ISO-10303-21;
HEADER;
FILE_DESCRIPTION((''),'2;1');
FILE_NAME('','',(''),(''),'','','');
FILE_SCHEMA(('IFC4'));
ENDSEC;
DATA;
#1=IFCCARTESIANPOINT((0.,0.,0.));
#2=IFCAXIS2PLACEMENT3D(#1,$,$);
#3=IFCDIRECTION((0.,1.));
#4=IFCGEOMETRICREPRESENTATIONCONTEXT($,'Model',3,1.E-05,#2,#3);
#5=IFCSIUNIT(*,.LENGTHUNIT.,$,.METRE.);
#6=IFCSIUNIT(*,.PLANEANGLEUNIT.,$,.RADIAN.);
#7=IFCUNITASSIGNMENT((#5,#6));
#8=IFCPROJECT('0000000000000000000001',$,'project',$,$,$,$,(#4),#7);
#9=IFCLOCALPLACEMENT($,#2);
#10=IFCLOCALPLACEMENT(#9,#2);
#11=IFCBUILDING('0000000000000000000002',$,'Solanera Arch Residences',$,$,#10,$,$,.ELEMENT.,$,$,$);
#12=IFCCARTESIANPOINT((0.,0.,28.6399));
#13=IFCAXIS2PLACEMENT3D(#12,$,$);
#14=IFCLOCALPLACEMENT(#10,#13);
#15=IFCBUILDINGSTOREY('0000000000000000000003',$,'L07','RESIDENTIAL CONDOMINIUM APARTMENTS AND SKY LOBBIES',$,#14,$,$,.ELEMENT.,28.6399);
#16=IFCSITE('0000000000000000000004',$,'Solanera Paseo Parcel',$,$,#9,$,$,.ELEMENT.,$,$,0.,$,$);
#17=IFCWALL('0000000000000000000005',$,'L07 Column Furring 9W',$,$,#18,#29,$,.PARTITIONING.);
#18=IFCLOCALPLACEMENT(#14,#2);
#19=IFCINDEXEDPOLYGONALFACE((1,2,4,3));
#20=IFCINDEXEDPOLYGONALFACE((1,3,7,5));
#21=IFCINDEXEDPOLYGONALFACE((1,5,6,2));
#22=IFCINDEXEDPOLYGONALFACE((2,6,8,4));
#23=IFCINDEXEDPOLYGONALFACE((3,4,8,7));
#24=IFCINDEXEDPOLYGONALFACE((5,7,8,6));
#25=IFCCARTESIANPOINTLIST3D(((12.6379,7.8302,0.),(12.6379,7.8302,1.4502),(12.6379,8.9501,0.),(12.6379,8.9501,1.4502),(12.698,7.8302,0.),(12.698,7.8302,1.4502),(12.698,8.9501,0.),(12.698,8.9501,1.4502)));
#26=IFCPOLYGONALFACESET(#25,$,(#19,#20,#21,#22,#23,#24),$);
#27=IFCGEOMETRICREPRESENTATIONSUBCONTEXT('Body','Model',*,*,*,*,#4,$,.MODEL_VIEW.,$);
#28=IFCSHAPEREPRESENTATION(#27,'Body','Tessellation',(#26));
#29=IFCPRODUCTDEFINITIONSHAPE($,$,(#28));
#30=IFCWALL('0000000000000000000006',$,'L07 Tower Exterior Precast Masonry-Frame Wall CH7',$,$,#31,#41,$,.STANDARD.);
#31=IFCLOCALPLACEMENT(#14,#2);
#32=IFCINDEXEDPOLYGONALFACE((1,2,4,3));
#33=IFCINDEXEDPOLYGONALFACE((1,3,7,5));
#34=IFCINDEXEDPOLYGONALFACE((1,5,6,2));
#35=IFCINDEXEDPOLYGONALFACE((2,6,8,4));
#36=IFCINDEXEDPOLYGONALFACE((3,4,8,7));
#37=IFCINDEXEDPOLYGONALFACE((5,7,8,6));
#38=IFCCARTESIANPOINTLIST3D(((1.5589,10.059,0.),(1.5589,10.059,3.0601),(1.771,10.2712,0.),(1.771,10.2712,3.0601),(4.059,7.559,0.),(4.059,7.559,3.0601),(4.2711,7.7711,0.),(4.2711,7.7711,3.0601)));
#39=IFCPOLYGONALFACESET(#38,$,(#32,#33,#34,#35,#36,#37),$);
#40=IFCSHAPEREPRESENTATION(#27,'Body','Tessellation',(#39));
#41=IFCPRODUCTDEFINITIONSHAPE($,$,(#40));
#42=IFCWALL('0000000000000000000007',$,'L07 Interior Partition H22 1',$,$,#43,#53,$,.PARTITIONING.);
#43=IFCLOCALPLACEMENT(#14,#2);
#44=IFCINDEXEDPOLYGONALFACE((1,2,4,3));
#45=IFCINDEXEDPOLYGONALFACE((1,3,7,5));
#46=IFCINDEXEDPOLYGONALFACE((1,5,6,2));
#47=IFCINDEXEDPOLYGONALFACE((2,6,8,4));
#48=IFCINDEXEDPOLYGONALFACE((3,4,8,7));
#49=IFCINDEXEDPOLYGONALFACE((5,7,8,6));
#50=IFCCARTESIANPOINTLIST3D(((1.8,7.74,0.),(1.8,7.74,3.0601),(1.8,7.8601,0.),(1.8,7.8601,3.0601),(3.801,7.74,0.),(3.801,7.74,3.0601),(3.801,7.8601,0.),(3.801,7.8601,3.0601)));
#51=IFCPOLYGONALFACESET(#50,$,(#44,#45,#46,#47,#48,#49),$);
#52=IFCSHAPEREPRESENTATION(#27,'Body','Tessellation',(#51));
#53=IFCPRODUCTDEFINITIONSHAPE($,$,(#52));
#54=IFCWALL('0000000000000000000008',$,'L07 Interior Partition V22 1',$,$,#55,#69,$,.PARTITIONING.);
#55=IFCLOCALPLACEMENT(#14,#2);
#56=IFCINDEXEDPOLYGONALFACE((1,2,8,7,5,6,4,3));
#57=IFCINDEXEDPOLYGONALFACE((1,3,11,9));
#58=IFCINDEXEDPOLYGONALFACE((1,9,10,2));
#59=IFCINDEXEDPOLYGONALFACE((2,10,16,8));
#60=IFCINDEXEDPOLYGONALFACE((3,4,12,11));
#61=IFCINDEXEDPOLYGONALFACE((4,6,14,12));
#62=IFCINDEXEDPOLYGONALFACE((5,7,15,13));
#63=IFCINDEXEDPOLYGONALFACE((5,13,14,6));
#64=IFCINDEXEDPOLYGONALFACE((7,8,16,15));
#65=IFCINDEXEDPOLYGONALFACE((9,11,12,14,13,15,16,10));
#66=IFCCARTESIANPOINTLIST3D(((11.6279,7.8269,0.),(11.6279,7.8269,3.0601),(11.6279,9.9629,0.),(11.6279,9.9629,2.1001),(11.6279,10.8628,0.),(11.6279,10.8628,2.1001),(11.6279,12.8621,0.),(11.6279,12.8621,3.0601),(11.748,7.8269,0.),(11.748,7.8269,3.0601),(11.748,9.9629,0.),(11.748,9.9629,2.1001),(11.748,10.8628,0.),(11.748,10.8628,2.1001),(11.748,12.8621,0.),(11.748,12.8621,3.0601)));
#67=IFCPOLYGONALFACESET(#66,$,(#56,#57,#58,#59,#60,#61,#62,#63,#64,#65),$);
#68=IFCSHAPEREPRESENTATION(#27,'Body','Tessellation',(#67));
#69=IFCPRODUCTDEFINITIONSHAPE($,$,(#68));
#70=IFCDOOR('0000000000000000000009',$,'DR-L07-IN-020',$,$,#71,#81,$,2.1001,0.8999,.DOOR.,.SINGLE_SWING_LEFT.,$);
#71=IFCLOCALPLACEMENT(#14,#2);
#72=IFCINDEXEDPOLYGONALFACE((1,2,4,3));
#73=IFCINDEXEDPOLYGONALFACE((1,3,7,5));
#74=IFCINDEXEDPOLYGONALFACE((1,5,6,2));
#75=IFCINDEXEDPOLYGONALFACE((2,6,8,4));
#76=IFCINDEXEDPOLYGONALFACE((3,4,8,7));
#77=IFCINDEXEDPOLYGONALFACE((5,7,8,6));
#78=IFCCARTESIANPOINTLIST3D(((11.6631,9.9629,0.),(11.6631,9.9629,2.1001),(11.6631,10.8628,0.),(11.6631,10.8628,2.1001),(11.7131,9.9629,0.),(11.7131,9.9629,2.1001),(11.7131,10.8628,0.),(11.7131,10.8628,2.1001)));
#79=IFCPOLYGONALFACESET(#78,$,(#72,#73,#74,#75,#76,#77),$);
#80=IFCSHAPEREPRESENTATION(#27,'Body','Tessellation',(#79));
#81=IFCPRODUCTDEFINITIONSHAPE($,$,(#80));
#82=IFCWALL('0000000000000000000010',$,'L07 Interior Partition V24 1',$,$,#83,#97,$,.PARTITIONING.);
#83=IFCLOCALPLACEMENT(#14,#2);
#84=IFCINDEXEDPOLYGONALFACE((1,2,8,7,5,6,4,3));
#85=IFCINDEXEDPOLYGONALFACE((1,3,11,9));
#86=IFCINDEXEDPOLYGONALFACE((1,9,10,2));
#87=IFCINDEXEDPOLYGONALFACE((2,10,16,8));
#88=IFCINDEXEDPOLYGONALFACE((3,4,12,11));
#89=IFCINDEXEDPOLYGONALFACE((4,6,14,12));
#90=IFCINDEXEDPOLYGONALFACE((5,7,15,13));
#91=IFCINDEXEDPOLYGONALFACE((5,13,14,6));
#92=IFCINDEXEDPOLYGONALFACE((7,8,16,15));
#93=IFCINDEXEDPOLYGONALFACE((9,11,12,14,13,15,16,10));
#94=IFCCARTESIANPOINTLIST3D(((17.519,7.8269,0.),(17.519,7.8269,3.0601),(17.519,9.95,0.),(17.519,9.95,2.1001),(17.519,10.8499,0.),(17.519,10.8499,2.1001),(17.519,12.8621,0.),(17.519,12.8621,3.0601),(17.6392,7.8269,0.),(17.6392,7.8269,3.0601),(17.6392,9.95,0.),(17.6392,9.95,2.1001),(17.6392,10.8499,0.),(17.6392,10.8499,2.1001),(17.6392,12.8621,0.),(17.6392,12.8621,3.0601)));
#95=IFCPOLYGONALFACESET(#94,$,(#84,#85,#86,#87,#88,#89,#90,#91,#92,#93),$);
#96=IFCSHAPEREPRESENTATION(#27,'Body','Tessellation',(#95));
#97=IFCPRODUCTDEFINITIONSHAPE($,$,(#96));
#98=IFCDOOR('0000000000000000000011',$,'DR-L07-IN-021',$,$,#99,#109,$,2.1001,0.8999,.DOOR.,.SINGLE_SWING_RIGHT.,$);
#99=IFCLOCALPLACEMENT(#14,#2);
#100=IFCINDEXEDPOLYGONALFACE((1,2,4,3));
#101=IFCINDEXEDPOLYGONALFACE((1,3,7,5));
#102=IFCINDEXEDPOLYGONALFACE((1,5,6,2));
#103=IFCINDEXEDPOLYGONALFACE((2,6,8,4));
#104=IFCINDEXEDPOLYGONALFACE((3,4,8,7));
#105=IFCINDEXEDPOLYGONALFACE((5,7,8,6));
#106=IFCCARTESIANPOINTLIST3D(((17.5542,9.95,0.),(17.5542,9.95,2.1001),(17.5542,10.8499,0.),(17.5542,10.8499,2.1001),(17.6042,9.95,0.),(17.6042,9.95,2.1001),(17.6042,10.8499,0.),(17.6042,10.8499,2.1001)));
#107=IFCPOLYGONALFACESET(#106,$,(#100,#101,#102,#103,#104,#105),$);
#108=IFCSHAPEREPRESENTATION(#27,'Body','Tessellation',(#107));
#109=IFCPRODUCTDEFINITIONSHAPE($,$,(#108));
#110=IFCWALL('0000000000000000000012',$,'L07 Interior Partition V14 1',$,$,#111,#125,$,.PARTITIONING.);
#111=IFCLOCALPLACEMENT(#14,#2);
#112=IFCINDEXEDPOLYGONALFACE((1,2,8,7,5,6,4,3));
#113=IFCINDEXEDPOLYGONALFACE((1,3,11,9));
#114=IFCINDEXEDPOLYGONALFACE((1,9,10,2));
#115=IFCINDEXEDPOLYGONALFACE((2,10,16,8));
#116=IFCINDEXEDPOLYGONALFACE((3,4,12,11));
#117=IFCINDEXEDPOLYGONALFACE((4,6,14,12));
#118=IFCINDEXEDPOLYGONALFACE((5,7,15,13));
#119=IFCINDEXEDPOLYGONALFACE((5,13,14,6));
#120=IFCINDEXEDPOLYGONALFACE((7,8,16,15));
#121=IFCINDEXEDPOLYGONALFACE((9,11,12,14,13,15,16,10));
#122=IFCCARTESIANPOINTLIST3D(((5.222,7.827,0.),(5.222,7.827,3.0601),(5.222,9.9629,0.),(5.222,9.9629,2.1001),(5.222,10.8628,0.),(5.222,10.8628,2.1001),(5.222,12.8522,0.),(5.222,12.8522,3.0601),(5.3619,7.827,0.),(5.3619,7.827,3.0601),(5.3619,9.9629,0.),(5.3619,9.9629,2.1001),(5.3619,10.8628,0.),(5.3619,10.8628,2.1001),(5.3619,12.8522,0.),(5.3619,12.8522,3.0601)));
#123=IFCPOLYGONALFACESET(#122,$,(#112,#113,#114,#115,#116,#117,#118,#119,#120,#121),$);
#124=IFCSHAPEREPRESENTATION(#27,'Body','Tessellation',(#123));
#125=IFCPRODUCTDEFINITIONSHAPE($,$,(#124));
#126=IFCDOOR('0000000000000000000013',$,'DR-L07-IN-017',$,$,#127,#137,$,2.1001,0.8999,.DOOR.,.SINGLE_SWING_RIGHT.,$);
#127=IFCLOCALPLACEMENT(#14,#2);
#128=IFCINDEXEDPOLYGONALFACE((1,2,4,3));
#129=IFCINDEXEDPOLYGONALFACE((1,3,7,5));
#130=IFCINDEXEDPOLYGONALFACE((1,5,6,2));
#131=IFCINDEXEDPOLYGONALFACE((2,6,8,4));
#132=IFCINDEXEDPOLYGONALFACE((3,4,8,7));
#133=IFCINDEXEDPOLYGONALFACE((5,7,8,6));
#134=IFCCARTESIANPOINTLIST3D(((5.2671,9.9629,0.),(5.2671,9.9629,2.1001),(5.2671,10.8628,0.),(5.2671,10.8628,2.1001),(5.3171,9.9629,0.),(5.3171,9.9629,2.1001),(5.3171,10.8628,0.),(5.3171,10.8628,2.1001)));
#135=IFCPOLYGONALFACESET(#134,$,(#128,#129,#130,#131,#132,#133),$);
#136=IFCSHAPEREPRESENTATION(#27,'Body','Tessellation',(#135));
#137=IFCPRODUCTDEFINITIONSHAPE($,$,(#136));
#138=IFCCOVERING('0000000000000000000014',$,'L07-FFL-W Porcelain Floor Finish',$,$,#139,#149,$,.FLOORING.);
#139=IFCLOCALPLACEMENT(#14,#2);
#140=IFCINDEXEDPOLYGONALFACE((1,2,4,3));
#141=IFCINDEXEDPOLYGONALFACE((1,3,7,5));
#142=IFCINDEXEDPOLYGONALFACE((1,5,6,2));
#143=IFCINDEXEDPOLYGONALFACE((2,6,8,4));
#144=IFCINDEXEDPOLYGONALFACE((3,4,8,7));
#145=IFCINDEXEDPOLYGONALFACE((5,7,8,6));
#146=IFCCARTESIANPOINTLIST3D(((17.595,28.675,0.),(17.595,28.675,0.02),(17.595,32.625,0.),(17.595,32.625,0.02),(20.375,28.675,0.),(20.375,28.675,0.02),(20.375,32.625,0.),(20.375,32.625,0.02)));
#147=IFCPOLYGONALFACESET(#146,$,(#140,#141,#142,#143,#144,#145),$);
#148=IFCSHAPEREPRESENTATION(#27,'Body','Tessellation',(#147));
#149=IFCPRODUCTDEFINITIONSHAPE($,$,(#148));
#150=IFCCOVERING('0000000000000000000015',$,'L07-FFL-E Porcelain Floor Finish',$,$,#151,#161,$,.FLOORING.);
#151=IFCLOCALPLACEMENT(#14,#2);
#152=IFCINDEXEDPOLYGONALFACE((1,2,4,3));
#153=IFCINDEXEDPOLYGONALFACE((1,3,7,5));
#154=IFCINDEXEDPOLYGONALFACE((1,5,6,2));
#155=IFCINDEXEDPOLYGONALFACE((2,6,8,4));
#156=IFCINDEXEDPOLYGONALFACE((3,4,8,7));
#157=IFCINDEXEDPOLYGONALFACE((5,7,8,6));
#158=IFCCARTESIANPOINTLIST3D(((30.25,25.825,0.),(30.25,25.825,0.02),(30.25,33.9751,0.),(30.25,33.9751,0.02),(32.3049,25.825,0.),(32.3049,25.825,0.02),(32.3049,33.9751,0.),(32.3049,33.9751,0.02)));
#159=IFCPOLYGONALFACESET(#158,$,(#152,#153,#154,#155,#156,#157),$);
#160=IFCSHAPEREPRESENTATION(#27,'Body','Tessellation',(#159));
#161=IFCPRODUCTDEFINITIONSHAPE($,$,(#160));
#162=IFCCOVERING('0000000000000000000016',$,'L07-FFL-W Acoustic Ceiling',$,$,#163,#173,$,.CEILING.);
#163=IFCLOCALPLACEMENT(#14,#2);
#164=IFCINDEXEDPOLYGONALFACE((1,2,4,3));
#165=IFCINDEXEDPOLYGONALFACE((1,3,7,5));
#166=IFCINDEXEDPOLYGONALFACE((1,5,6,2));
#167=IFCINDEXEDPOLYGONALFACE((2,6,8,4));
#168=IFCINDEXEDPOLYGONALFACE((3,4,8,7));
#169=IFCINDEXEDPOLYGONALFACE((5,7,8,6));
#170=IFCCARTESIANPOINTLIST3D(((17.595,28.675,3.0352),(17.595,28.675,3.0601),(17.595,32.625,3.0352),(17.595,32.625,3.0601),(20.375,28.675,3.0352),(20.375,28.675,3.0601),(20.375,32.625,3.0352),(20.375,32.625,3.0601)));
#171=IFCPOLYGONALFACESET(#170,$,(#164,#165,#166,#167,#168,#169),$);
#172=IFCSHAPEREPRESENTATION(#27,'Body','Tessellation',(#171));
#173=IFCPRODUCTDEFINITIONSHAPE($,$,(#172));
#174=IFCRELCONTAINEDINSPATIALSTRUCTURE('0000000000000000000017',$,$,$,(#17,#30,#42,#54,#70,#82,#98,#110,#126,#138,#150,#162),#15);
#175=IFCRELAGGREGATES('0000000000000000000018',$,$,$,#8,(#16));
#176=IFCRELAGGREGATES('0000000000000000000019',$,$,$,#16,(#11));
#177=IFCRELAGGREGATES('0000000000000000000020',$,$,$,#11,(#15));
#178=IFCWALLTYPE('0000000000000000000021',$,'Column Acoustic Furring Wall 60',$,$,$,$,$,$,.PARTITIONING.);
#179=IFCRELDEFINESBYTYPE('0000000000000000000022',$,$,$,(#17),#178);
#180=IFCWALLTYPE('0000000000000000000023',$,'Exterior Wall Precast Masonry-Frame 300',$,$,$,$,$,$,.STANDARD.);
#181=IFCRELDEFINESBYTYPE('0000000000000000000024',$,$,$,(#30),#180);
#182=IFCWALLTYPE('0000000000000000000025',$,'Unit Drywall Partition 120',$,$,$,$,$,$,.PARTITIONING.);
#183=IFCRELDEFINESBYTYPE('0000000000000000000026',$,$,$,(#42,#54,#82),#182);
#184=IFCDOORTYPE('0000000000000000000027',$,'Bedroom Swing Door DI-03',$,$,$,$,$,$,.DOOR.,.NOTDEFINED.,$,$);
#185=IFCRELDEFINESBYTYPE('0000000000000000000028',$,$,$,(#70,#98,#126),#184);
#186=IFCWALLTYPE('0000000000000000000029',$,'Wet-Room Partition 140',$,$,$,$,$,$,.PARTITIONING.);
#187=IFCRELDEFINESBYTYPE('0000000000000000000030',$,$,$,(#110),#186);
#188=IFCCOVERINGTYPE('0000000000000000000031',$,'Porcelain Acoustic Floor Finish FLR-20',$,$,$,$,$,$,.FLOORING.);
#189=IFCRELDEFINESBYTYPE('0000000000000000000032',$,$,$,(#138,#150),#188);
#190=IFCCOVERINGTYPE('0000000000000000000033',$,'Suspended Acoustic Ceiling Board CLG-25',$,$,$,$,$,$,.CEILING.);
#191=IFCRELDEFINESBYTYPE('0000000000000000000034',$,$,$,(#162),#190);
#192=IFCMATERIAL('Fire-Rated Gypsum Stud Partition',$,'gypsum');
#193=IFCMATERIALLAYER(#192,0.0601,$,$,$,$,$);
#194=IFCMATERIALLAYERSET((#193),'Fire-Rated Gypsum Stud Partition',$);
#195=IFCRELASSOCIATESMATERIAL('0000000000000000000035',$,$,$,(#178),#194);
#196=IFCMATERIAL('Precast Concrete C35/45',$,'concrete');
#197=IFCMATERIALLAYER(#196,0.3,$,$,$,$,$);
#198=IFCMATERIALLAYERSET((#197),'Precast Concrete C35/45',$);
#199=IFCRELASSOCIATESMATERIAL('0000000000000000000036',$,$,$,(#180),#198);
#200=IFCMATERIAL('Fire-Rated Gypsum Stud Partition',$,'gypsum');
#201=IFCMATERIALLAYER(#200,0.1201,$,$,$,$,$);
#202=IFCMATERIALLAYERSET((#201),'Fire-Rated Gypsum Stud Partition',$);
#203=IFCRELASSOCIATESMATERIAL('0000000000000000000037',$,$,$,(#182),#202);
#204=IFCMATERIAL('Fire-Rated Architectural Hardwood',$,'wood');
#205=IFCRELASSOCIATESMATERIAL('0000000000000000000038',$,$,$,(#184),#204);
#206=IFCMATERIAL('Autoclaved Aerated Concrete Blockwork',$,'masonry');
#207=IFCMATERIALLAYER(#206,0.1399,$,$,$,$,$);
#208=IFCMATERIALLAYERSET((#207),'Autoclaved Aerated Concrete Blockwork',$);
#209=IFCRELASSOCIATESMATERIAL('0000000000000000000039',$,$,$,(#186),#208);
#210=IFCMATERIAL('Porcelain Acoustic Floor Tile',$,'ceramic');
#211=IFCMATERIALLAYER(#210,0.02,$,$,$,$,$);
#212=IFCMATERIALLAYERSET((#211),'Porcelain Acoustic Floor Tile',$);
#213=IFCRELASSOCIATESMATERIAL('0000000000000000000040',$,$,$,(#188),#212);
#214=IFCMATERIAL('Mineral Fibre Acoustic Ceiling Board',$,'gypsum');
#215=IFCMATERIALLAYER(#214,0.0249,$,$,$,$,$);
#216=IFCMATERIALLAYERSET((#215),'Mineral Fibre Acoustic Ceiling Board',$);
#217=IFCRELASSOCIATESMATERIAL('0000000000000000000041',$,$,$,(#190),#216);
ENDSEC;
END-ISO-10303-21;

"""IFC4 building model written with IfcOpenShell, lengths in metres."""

from ifc_helpers import new_model, si_unit, direction, frame, frame_2d, origin, place, context, subcontext, project, spatial, polyline, rectangle, outline, extrude, material, layer, layer_set, type_object, element, fill, save


model = new_model("IFC4")

# Units and contexts
model_context = context("Model", 3, precision=1e-05, world=origin(), true_north=direction((0.0, 1.0)))
body_context = subcontext(model_context, "Body", "Model", "MODEL_VIEW")
ifc_project = project(units=[si_unit("LENGTHUNIT", "METRE"), si_unit("PLANEANGLEUNIT", "RADIAN")], contexts=[model_context])

# Site, building, storey
site_placement = place(None, origin())
site = spatial("IfcSite", under=ifc_project, at=site_placement, Name="Solanera Paseo Parcel", CompositionType="ELEMENT", RefElevation=0.0)
building_placement = place(site_placement, origin())
building = spatial("IfcBuilding", under=site, at=building_placement, Name="Solanera Arch Residences", CompositionType="ELEMENT")
storey_placement = place(building_placement, frame((0.0, 0.0, 28.6399)))
storey = spatial("IfcBuildingStorey", under=building, at=storey_placement, Name="L07", Description="RESIDENTIAL CONDOMINIUM APARTMENTS AND SKY LOBBIES", CompositionType="ELEMENT", Elevation=28.6399)

# Walls
ifc_material_1 = material(Name="Fire-Rated Gypsum Stud Partition", Category="gypsum")
ifc_layer_1 = layer(ifc_material_1, 0.0601)
ifc_layer_set_1 = layer_set([ifc_layer_1], Name="Fire-Rated Gypsum Stud Partition")
wall_type_1 = type_object("IfcWallType", Name="Column Acoustic Furring Wall 60", PredefinedType="PARTITIONING", material=ifc_layer_set_1)
wall_1_placement = place(storey_placement, frame((12.668, 7.8301, 0.0), z_axis=(0.0, 0.0, 1.0), x_axis=(0.0, 1.0, 0.0)))
element("IfcWall", 1, at=wall_1_placement, inside=storey, type_object=wall_type_1, Name="L07 Column Furring 9W", PredefinedType="PARTITIONING", context=body_context, shape_type="SweptSolid", body=[
    extrude(rectangle(XDim=1.1199, YDim=0.0601, at=frame_2d((0.5601, 0.0))), origin(), (0.0, 0.0, 1.0), 1.4502),
])
ifc_material_2 = material(Name="Precast Concrete C35/45", Category="concrete")
ifc_layer_2 = layer(ifc_material_2, 0.3)
ifc_layer_set_2 = layer_set([ifc_layer_2], Name="Precast Concrete C35/45")
wall_type_2 = type_object("IfcWallType", Name="Exterior Wall Precast Masonry-Frame 300", PredefinedType="STANDARD", material=ifc_layer_set_2)
wall_2_placement = place(storey_placement, frame((4.165, 7.665, 0.0), z_axis=(0.0, 0.0, 1.0), x_axis=(-0.707107, 0.707107, 0.0)))
element("IfcWall", 2, at=wall_2_placement, inside=storey, type_object=wall_type_2, Name="L07 Tower Exterior Precast Masonry-Frame Wall CH7", PredefinedType="STANDARD", context=body_context, shape_type="SweptSolid", body=[
    extrude(rectangle(XDim=3.5356, YDim=0.3, at=frame_2d((1.7678, 0.0))), origin(), (0.0, 0.0, 1.0), 3.0601),
])
ifc_material_3 = material(Name="Fire-Rated Gypsum Stud Partition", Category="gypsum")
ifc_layer_3 = layer(ifc_material_3, 0.1201)
ifc_layer_set_3 = layer_set([ifc_layer_3], Name="Fire-Rated Gypsum Stud Partition")
wall_type_3 = type_object("IfcWallType", Name="Unit Drywall Partition 120", PredefinedType="PARTITIONING", material=ifc_layer_set_3)
wall_3_placement = place(storey_placement, frame((1.8, 7.8, 0.0), z_axis=(0.0, 0.0, 1.0), x_axis=(1.0, 0.0, 0.0)))
element("IfcWall", 3, at=wall_3_placement, inside=storey, type_object=wall_type_3, Name="L07 Interior Partition H22 1", PredefinedType="PARTITIONING", context=body_context, shape_type="SweptSolid", body=[
    extrude(rectangle(XDim=2.001, YDim=0.1201, at=frame_2d((1.0005, 0.0))), origin(), (0.0, 0.0, 1.0), 3.0601),
])

# Walls, openings, doors
wall_4_placement = place(storey_placement, frame((11.688, 7.8269, 0.0), z_axis=(0.0, 0.0, 1.0), x_axis=(0.0, 1.0, 0.0)))
wall_4 = element("IfcWall", 4, at=wall_4_placement, inside=storey, type_object=wall_type_3, Name="L07 Interior Partition V22 1", PredefinedType="PARTITIONING", context=body_context, shape_type="SweptSolid", body=[
    extrude(rectangle(XDim=5.0352, YDim=0.1201, at=frame_2d((2.5176, 0.0))), origin(), (0.0, 0.0, 1.0), 3.0601),
])
opening_1_placement = place(wall_4_placement, frame((2.136, 0.0, 0.0)))
opening_1 = element("IfcOpeningElement", 5, at=opening_1_placement, cuts=wall_4, PredefinedType="OPENING", context=body_context, shape_type="SweptSolid", body=[
    extrude(rectangle(XDim=0.8999, YDim=2.1001, at=frame_2d((0.45, 1.05))), frame((0.0, 0.0701, 0.0), z_axis=(0.0, -1.0, 0.0), x_axis=(1.0, 0.0, 0.0)), (0.0, 0.0, 1.0), 0.1401),
])
ifc_material_4 = material(Name="Fire-Rated Architectural Hardwood", Category="wood")
door_type = type_object("IfcDoorType", Name="Bedroom Swing Door DI-03", OperationType="NOTDEFINED", PredefinedType="DOOR", material=ifc_material_4)
door_1_placement = place(opening_1_placement, origin())
door_1 = element("IfcDoor", 6, at=door_1_placement, inside=storey, type_object=door_type, Name="DR-L07-IN-020", OperationType="SINGLE_SWING_LEFT", OverallHeight=2.1001, OverallWidth=0.8999, PredefinedType="DOOR", context=body_context, shape_type="SweptSolid", body=[
    extrude(rectangle(XDim=0.8999, YDim=2.1001, at=frame_2d((0.45, 1.05))), frame((0.0, 0.0249, 0.0), z_axis=(0.0, -1.0, 0.0), x_axis=(1.0, 0.0, 0.0)), (0.0, 0.0, 1.0), 0.05),
])
fill(opening_1, door_1)
wall_5_placement = place(storey_placement, frame((17.5791, 7.8269, 0.0), z_axis=(0.0, 0.0, 1.0), x_axis=(0.0, 1.0, 0.0)))
wall_5 = element("IfcWall", 7, at=wall_5_placement, inside=storey, type_object=wall_type_3, Name="L07 Interior Partition V24 1", PredefinedType="PARTITIONING", context=body_context, shape_type="SweptSolid", body=[
    extrude(rectangle(XDim=5.0352, YDim=0.1201, at=frame_2d((2.5176, 0.0))), origin(), (0.0, 0.0, 1.0), 3.0601),
])
opening_2_placement = place(wall_5_placement, frame((2.123, 0.0, 0.0)))
opening_2 = element("IfcOpeningElement", 8, at=opening_2_placement, cuts=wall_5, PredefinedType="OPENING", context=body_context, shape_type="SweptSolid", body=[
    extrude(rectangle(XDim=0.8999, YDim=2.1001, at=frame_2d((0.45, 1.05))), frame((0.0, 0.0701, 0.0), z_axis=(0.0, -1.0, 0.0), x_axis=(1.0, 0.0, 0.0)), (0.0, 0.0, 1.0), 0.1401),
])
door_2_placement = place(opening_2_placement, origin())
door_2 = element("IfcDoor", 9, at=door_2_placement, inside=storey, type_object=door_type, Name="DR-L07-IN-021", OperationType="SINGLE_SWING_RIGHT", OverallHeight=2.1001, OverallWidth=0.8999, PredefinedType="DOOR", context=body_context, shape_type="SweptSolid", body=[
    extrude(rectangle(XDim=0.8999, YDim=2.1001, at=frame_2d((0.45, 1.05))), frame((0.0, 0.0249, 0.0), z_axis=(0.0, -1.0, 0.0), x_axis=(1.0, 0.0, 0.0)), (0.0, 0.0, 1.0), 0.05),
])
fill(opening_2, door_2)
ifc_material_5 = material(Name="Autoclaved Aerated Concrete Blockwork", Category="masonry")
ifc_layer_4 = layer(ifc_material_5, 0.1399)
ifc_layer_set_4 = layer_set([ifc_layer_4], Name="Autoclaved Aerated Concrete Blockwork")
wall_type_4 = type_object("IfcWallType", Name="Wet-Room Partition 140", PredefinedType="PARTITIONING", material=ifc_layer_set_4)
wall_6_placement = place(storey_placement, frame((5.292, 7.8269, 0.0), z_axis=(0.0, 0.0, 1.0), x_axis=(0.0, 1.0, 0.0)))
wall_6 = element("IfcWall", 10, at=wall_6_placement, inside=storey, type_object=wall_type_4, Name="L07 Interior Partition V14 1", PredefinedType="PARTITIONING", context=body_context, shape_type="SweptSolid", body=[
    extrude(rectangle(XDim=5.0251, YDim=0.1399, at=frame_2d((2.5127, 0.0))), origin(), (0.0, 0.0, 1.0), 3.0601),
])
opening_3_placement = place(wall_6_placement, frame((2.136, 0.0, 0.0)))
opening_3 = element("IfcOpeningElement", 11, at=opening_3_placement, cuts=wall_6, PredefinedType="OPENING", context=body_context, shape_type="SweptSolid", body=[
    extrude(rectangle(XDim=0.8999, YDim=2.1001, at=frame_2d((0.45, 1.05))), frame((0.0, 0.0798, 0.0), z_axis=(0.0, -1.0, 0.0), x_axis=(1.0, 0.0, 0.0)), (0.0, 0.0, 1.0), 0.1599),
])
door_3_placement = place(opening_3_placement, origin())
door_3 = element("IfcDoor", 12, at=door_3_placement, inside=storey, type_object=door_type, Name="DR-L07-IN-017", OperationType="SINGLE_SWING_RIGHT", OverallHeight=2.1001, OverallWidth=0.8999, PredefinedType="DOOR", context=body_context, shape_type="SweptSolid", body=[
    extrude(rectangle(XDim=0.8999, YDim=2.1001, at=frame_2d((0.45, 1.05))), frame((0.0, 0.0249, 0.0), z_axis=(0.0, -1.0, 0.0), x_axis=(1.0, 0.0, 0.0)), (0.0, 0.0, 1.0), 0.05),
])
fill(opening_3, door_3)

# Coverings
ifc_material_6 = material(Name="Porcelain Acoustic Floor Tile", Category="ceramic")
ifc_layer_5 = layer(ifc_material_6, 0.02)
ifc_layer_set_5 = layer_set([ifc_layer_5], Name="Porcelain Acoustic Floor Tile")
covering_type_1 = type_object("IfcCoveringType", Name="Porcelain Acoustic Floor Finish FLR-20", PredefinedType="FLOORING", material=ifc_layer_set_5)
covering_1_placement = place(storey_placement, origin())
element("IfcCovering", 13, at=covering_1_placement, inside=storey, type_object=covering_type_1, Name="L07-FFL-W Porcelain Floor Finish", PredefinedType="FLOORING", context=body_context, shape_type="SweptSolid", body=[
    extrude(outline(polyline([(20.375, 28.675), (17.595, 28.675), (17.595, 32.625), (20.375, 32.625), (20.375, 28.675)])), origin(), (0.0, 0.0, 1.0), 0.02),
])
covering_2_placement = place(storey_placement, origin())
element("IfcCovering", 14, at=covering_2_placement, inside=storey, type_object=covering_type_1, Name="L07-FFL-E Porcelain Floor Finish", PredefinedType="FLOORING", context=body_context, shape_type="SweptSolid", body=[
    extrude(outline(polyline([(32.3049, 25.825), (30.25, 25.825), (30.25, 33.9751), (32.3049, 33.9751), (32.3049, 25.825)])), origin(), (0.0, 0.0, 1.0), 0.02),
])
ifc_material_7 = material(Name="Mineral Fibre Acoustic Ceiling Board", Category="gypsum")
ifc_layer_6 = layer(ifc_material_7, 0.0249)
ifc_layer_set_6 = layer_set([ifc_layer_6], Name="Mineral Fibre Acoustic Ceiling Board")
covering_type_2 = type_object("IfcCoveringType", Name="Suspended Acoustic Ceiling Board CLG-25", PredefinedType="CEILING", material=ifc_layer_set_6)
covering_3_placement = place(storey_placement, frame((0.0, 0.0, 3.0352)))
element("IfcCovering", 15, at=covering_3_placement, inside=storey, type_object=covering_type_2, Name="L07-FFL-W Acoustic Ceiling", PredefinedType="CEILING", context=body_context, shape_type="SweptSolid", body=[
    extrude(outline(polyline([(20.375, 28.675), (17.595, 28.675), (17.595, 32.625), (20.375, 32.625), (20.375, 28.675)])), origin(), (0.0, 0.0, 1.0), 0.0249),
])

save(model, "model.ifc")
